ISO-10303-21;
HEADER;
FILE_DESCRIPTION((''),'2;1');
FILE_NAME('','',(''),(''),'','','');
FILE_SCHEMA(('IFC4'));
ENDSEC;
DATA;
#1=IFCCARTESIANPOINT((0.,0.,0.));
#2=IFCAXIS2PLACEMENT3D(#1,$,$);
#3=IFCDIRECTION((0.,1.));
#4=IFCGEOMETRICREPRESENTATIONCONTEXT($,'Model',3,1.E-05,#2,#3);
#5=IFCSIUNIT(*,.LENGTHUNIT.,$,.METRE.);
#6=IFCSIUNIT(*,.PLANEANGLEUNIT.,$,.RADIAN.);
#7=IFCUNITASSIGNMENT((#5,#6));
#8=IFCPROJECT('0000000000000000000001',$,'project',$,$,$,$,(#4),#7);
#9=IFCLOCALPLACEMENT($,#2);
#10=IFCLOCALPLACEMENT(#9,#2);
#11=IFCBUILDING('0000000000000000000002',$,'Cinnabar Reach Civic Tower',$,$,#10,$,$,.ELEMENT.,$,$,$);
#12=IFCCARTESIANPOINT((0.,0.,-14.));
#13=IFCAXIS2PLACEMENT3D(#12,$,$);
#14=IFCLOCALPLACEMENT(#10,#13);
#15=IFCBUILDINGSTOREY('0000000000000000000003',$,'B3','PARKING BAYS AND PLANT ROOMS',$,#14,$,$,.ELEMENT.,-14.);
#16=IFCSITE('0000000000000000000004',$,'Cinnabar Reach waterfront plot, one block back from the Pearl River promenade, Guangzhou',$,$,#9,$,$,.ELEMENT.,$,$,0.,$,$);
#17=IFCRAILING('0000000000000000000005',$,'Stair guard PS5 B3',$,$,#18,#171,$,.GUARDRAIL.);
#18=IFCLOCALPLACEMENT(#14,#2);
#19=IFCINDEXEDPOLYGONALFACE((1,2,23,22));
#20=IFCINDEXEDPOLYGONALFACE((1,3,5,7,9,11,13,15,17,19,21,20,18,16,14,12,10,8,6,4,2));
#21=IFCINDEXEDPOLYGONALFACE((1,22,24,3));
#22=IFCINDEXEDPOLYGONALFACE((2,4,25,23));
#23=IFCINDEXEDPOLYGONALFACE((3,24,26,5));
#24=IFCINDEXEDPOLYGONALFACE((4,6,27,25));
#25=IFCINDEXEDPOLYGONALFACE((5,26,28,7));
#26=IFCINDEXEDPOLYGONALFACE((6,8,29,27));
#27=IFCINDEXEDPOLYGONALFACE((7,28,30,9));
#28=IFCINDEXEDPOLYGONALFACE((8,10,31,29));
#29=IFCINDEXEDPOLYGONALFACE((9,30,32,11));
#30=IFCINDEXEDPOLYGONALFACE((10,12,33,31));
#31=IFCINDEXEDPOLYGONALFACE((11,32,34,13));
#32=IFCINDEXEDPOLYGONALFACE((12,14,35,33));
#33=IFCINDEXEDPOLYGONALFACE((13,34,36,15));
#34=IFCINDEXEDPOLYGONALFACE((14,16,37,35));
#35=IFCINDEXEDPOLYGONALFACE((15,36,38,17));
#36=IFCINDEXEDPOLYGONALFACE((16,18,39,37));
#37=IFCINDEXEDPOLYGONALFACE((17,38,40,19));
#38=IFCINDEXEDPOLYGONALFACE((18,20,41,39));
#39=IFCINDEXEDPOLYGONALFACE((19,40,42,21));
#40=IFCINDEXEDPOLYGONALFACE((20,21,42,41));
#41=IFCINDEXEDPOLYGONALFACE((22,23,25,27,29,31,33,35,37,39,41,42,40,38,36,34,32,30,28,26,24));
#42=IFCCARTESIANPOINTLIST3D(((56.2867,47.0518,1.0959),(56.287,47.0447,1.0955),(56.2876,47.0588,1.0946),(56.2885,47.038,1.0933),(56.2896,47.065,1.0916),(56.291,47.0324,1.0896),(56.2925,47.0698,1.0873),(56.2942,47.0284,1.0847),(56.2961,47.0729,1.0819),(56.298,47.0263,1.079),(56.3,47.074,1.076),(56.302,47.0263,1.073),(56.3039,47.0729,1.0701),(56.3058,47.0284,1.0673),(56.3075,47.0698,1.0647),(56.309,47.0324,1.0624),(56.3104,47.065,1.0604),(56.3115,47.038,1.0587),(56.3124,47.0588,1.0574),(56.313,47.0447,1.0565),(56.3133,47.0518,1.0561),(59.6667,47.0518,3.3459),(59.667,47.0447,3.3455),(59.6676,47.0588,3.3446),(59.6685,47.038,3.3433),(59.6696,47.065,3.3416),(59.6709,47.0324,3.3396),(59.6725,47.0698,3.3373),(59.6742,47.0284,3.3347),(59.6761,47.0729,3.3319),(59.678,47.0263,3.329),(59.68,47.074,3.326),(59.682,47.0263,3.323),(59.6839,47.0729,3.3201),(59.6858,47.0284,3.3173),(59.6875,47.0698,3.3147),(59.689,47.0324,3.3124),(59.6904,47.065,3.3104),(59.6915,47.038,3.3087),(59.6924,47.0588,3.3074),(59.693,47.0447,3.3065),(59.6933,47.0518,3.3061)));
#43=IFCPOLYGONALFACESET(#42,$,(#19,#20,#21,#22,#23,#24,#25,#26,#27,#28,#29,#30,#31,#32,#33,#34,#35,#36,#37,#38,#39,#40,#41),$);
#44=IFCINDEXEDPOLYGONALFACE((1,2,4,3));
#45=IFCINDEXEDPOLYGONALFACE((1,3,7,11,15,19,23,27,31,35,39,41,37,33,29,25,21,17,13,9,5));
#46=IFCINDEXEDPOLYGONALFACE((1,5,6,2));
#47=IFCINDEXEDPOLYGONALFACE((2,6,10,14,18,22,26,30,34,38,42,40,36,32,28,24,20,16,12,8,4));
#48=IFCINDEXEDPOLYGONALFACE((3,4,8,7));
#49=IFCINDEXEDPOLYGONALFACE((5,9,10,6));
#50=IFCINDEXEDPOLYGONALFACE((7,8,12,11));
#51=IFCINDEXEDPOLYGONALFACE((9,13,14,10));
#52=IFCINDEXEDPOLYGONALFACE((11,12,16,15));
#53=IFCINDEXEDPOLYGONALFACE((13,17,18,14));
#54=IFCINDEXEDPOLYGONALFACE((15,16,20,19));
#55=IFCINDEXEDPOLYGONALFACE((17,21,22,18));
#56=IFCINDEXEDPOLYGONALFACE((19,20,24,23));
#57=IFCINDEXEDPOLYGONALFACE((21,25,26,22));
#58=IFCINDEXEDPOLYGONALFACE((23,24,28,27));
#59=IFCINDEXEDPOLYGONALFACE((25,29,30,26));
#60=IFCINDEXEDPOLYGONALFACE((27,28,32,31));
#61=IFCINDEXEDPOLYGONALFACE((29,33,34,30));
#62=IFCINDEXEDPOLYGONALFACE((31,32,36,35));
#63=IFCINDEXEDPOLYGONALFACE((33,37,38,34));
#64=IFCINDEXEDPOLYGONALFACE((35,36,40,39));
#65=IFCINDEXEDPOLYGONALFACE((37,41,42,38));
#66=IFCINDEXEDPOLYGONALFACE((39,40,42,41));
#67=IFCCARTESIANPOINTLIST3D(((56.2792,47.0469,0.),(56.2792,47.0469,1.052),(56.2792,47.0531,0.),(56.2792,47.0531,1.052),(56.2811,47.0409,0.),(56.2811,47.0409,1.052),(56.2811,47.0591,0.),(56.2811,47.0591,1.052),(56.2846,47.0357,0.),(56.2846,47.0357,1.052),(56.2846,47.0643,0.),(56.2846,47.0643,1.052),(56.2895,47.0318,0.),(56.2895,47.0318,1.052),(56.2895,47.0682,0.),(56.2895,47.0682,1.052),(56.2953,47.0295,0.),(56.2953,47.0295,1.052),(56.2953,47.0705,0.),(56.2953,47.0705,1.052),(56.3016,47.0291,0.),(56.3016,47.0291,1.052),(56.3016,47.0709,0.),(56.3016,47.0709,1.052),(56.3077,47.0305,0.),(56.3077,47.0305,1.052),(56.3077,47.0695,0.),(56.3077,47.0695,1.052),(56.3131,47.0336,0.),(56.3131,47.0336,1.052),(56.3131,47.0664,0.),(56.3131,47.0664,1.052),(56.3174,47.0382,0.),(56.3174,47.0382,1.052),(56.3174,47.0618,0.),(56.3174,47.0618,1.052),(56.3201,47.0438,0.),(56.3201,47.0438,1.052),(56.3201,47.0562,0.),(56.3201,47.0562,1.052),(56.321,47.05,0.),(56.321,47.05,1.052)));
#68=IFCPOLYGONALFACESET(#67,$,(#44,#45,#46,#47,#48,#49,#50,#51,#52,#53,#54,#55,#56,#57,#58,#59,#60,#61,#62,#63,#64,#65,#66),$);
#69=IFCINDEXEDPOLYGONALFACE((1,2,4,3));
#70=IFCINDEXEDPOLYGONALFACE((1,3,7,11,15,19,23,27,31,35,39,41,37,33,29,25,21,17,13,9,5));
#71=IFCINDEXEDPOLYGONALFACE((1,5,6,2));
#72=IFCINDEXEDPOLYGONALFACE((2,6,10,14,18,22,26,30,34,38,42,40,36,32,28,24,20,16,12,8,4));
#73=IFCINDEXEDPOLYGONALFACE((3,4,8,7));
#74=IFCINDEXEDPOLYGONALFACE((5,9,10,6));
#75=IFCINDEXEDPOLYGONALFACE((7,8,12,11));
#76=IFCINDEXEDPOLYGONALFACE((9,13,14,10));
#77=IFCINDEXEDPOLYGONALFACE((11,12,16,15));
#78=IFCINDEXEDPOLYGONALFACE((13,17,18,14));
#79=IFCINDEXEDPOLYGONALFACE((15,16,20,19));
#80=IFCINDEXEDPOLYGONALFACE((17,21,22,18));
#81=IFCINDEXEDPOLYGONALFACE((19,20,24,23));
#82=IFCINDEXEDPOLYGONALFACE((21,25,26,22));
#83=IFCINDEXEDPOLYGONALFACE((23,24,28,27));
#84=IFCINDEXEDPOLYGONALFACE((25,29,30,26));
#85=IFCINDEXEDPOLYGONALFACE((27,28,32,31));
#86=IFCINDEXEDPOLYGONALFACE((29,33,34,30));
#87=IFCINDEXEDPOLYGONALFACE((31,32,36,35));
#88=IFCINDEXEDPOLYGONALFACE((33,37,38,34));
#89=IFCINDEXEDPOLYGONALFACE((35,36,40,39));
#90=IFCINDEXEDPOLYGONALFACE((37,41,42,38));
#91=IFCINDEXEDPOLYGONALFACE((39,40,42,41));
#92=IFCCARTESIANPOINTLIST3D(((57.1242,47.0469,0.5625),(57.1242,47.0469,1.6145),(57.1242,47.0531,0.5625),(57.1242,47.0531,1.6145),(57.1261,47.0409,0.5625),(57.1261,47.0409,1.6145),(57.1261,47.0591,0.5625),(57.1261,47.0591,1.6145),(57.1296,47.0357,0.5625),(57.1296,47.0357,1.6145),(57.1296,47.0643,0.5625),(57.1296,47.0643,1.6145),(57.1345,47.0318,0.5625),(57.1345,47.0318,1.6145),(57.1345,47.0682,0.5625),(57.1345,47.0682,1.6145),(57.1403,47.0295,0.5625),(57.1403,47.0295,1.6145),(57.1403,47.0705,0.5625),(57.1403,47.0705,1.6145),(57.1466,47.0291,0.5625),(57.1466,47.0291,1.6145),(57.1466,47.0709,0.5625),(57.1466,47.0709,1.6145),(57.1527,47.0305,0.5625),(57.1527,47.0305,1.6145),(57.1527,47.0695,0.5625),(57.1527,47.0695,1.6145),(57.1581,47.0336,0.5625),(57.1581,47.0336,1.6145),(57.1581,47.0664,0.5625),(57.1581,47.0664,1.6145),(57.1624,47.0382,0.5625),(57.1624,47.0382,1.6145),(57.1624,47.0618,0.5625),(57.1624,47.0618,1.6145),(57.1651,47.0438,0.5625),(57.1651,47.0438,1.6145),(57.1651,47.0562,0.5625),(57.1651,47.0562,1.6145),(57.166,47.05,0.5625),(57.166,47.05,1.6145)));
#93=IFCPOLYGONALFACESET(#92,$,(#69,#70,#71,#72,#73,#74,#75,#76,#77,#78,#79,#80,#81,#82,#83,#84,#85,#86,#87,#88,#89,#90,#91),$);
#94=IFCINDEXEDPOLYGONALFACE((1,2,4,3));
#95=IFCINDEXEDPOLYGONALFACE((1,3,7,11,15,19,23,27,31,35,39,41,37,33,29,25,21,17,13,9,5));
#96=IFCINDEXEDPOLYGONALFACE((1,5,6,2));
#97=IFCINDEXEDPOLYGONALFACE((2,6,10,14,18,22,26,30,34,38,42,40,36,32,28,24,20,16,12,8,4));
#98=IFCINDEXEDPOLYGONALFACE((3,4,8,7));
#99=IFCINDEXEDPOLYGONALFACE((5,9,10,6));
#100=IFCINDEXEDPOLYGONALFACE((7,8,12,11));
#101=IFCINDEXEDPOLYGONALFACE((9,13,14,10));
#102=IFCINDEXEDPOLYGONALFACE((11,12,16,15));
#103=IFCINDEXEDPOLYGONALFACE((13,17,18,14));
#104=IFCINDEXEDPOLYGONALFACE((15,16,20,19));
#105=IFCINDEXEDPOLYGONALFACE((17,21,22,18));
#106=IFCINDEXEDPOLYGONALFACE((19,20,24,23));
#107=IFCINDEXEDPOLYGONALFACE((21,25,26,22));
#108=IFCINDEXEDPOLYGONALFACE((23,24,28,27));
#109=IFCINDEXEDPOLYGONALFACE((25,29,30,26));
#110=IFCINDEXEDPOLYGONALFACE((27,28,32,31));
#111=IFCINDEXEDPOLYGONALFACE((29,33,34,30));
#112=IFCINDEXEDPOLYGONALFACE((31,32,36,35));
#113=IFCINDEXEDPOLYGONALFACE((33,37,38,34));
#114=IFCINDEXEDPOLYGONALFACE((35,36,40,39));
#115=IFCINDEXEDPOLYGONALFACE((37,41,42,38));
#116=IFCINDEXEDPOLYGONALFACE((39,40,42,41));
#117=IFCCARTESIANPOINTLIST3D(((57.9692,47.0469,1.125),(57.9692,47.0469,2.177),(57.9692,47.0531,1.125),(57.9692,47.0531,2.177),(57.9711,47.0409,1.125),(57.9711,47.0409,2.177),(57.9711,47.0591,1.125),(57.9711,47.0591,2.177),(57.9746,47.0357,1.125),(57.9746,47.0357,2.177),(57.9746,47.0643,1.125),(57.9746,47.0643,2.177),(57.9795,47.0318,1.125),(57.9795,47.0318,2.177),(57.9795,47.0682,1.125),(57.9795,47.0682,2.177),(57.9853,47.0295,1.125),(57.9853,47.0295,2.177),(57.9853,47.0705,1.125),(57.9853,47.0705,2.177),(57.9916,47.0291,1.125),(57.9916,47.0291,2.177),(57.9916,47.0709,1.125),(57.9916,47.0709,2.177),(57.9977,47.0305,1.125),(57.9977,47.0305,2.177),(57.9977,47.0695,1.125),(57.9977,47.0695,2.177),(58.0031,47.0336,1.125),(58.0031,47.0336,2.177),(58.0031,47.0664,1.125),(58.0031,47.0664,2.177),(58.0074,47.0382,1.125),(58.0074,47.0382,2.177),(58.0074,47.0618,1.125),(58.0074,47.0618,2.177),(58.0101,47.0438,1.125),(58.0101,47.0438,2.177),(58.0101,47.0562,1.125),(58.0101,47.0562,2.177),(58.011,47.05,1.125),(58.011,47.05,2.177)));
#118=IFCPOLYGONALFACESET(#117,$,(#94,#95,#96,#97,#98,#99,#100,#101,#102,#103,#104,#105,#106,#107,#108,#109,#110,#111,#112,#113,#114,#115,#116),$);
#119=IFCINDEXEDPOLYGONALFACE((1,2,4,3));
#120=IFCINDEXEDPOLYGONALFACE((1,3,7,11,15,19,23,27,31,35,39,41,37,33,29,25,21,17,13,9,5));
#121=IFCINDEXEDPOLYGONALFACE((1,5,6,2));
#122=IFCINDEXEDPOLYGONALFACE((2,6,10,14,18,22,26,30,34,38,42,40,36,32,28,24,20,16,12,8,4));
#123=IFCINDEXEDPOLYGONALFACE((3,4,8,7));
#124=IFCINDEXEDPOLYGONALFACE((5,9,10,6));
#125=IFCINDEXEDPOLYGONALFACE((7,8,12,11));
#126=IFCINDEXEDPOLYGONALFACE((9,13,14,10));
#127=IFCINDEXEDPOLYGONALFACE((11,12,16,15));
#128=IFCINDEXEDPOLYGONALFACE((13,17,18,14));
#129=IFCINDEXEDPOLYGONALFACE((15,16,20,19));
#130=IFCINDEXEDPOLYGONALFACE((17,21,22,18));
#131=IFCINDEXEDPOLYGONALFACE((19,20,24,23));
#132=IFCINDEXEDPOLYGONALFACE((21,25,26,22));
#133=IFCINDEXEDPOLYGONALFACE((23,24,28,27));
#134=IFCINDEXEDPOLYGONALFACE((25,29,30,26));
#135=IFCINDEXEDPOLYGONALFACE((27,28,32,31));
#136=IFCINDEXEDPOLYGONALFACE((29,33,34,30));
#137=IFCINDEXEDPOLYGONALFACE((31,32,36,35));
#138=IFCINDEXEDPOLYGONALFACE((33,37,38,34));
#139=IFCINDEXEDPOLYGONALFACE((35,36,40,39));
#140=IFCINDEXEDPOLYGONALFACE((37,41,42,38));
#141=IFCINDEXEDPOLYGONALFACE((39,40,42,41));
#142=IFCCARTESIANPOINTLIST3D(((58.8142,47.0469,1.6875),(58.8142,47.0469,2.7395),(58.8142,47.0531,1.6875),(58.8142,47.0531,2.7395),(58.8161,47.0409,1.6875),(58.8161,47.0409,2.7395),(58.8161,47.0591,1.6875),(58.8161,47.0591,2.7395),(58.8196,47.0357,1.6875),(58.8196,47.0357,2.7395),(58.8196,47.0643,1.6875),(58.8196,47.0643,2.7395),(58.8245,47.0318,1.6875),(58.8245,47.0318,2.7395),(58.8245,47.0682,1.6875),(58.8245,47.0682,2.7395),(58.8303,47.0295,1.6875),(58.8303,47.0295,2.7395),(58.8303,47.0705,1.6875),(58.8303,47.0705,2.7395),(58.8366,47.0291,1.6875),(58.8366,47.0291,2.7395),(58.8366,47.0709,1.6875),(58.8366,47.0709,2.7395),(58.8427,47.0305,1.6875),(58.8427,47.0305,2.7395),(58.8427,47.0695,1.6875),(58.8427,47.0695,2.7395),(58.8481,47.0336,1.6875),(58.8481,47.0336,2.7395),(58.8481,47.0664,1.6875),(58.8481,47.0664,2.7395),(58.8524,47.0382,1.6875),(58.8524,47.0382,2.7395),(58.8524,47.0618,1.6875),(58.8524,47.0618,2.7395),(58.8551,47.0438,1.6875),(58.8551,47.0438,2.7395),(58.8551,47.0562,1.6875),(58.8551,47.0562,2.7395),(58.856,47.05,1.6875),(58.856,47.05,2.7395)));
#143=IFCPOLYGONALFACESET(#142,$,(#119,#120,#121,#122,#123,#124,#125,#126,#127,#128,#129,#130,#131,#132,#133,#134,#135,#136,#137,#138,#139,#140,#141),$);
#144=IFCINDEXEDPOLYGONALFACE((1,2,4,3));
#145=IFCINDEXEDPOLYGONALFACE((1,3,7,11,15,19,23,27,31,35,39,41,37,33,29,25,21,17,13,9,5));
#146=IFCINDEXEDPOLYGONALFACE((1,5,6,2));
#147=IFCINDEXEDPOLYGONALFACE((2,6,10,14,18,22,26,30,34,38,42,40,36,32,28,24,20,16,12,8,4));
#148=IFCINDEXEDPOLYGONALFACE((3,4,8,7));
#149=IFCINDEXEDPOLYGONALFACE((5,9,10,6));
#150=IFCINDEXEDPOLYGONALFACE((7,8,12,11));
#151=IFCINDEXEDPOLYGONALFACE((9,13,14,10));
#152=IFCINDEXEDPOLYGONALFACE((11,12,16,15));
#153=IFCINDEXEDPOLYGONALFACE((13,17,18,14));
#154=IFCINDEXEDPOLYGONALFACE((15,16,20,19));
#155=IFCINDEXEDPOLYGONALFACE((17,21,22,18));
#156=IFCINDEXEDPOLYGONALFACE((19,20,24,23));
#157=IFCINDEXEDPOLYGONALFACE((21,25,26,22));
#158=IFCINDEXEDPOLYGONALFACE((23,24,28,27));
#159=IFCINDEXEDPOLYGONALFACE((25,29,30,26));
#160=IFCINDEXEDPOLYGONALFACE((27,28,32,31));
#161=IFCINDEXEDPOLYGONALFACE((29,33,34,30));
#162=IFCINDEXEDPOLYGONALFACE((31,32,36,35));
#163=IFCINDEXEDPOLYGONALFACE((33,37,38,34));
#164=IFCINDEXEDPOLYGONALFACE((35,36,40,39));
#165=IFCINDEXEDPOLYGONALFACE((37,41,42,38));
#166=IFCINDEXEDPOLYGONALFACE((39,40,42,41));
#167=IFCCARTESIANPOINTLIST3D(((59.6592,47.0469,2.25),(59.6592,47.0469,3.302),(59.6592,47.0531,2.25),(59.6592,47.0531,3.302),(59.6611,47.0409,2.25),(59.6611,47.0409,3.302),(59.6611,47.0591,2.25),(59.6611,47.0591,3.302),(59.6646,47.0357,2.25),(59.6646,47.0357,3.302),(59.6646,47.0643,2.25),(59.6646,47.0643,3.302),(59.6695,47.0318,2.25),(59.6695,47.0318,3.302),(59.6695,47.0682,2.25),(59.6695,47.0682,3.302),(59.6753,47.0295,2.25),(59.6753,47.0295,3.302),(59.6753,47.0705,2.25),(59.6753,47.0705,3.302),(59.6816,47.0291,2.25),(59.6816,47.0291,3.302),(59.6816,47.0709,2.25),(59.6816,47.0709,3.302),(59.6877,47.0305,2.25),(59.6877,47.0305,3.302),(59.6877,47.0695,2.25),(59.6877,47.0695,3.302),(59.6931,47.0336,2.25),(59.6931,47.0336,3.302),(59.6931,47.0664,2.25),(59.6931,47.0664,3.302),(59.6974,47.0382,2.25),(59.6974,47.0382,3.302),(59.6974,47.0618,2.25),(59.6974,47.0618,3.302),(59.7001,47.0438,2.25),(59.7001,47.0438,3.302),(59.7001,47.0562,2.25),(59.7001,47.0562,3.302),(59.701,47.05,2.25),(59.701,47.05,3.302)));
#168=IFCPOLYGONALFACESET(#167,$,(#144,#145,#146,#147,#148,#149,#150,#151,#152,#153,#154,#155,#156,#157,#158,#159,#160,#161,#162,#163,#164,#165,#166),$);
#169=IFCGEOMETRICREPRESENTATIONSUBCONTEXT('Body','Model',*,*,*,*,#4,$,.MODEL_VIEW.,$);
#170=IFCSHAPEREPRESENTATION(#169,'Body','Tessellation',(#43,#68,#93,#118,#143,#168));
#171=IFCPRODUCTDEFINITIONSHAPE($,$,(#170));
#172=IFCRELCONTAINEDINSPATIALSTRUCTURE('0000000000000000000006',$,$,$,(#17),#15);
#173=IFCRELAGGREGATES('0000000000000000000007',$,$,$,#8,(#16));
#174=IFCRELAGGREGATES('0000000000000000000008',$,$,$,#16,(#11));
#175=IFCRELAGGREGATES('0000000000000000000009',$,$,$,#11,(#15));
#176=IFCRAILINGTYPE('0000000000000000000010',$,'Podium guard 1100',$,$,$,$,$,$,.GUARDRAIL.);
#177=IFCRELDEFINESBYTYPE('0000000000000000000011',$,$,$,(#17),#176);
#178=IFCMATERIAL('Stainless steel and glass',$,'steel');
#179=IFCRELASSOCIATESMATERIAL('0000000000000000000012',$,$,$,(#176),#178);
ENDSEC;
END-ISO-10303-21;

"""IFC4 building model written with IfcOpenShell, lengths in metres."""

from ifc_helpers import new_model, si_unit, direction, frame, origin, origin_2d, place, context, subcontext, project, spatial, circle, extrude, material, type_object, element, save


model = new_model("IFC4")

# Units and contexts
model_context = context("Model", 3, precision=1e-05, world=origin(), true_north=direction((0.0, 1.0)))
body_context = subcontext(model_context, "Body", "Model", "MODEL_VIEW")
ifc_project = project(units=[si_unit("LENGTHUNIT", "METRE"), si_unit("PLANEANGLEUNIT", "RADIAN")], contexts=[model_context])

# Site, building, storey
site_placement = place(None, origin())
site = spatial("IfcSite", under=ifc_project, at=site_placement, Name="Cinnabar Reach waterfront plot, one block back from the Pearl River promenade, Guangzhou", CompositionType="ELEMENT", RefElevation=0.0)
building_placement = place(site_placement, origin())
building = spatial("IfcBuilding", under=site, at=building_placement, Name="Cinnabar Reach Civic Tower", CompositionType="ELEMENT")
storey_placement = place(building_placement, frame((0.0, 0.0, -14.0)))
storey = spatial("IfcBuildingStorey", under=building, at=storey_placement, Name="B3", Description="PARKING BAYS AND PLANT ROOMS", CompositionType="ELEMENT", Elevation=-14.0)

# Railing
ifc_material_1 = material(Name="Stainless steel and glass", Category="steel")
railing_type_1 = type_object("IfcRailingType", Name="Podium guard 1100", PredefinedType="GUARDRAIL", material=ifc_material_1)
railing_1_placement = place(storey_placement, frame((56.3, 47.05, 0.0)))
element("IfcRailing", 1, at=railing_1_placement, inside=storey, type_object=railing_type_1, Name="Stair guard PS5 B3", PredefinedType="GUARDRAIL", context=body_context, shape_type="SweptSolid", body=[
    extrude(circle(Radius=0.024, at=origin_2d()), frame((0.0, 0.0, 1.076), z_axis=(0.832429, 0.0, 0.554132), x_axis=(0.0, 1.0, 0.0)), (0.0, 0.0, 1.0), 4.0604),
    extrude(circle(Radius=0.021, at=origin_2d()), origin(), (0.0, 0.0, 1.0), 1.052),
    extrude(circle(Radius=0.021, at=origin_2d()), frame((0.845, 0.0, 0.5625)), (0.0, 0.0, 1.0), 1.052),
    extrude(circle(Radius=0.021, at=origin_2d()), frame((1.69, 0.0, 1.125)), (0.0, 0.0, 1.0), 1.052),
    extrude(circle(Radius=0.021, at=origin_2d()), frame((2.535, 0.0, 1.6875)), (0.0, 0.0, 1.0), 1.052),
    extrude(circle(Radius=0.021, at=origin_2d()), frame((3.38, 0.0, 2.25)), (0.0, 0.0, 1.0), 1.052),
])

save(model, "model.ifc")
